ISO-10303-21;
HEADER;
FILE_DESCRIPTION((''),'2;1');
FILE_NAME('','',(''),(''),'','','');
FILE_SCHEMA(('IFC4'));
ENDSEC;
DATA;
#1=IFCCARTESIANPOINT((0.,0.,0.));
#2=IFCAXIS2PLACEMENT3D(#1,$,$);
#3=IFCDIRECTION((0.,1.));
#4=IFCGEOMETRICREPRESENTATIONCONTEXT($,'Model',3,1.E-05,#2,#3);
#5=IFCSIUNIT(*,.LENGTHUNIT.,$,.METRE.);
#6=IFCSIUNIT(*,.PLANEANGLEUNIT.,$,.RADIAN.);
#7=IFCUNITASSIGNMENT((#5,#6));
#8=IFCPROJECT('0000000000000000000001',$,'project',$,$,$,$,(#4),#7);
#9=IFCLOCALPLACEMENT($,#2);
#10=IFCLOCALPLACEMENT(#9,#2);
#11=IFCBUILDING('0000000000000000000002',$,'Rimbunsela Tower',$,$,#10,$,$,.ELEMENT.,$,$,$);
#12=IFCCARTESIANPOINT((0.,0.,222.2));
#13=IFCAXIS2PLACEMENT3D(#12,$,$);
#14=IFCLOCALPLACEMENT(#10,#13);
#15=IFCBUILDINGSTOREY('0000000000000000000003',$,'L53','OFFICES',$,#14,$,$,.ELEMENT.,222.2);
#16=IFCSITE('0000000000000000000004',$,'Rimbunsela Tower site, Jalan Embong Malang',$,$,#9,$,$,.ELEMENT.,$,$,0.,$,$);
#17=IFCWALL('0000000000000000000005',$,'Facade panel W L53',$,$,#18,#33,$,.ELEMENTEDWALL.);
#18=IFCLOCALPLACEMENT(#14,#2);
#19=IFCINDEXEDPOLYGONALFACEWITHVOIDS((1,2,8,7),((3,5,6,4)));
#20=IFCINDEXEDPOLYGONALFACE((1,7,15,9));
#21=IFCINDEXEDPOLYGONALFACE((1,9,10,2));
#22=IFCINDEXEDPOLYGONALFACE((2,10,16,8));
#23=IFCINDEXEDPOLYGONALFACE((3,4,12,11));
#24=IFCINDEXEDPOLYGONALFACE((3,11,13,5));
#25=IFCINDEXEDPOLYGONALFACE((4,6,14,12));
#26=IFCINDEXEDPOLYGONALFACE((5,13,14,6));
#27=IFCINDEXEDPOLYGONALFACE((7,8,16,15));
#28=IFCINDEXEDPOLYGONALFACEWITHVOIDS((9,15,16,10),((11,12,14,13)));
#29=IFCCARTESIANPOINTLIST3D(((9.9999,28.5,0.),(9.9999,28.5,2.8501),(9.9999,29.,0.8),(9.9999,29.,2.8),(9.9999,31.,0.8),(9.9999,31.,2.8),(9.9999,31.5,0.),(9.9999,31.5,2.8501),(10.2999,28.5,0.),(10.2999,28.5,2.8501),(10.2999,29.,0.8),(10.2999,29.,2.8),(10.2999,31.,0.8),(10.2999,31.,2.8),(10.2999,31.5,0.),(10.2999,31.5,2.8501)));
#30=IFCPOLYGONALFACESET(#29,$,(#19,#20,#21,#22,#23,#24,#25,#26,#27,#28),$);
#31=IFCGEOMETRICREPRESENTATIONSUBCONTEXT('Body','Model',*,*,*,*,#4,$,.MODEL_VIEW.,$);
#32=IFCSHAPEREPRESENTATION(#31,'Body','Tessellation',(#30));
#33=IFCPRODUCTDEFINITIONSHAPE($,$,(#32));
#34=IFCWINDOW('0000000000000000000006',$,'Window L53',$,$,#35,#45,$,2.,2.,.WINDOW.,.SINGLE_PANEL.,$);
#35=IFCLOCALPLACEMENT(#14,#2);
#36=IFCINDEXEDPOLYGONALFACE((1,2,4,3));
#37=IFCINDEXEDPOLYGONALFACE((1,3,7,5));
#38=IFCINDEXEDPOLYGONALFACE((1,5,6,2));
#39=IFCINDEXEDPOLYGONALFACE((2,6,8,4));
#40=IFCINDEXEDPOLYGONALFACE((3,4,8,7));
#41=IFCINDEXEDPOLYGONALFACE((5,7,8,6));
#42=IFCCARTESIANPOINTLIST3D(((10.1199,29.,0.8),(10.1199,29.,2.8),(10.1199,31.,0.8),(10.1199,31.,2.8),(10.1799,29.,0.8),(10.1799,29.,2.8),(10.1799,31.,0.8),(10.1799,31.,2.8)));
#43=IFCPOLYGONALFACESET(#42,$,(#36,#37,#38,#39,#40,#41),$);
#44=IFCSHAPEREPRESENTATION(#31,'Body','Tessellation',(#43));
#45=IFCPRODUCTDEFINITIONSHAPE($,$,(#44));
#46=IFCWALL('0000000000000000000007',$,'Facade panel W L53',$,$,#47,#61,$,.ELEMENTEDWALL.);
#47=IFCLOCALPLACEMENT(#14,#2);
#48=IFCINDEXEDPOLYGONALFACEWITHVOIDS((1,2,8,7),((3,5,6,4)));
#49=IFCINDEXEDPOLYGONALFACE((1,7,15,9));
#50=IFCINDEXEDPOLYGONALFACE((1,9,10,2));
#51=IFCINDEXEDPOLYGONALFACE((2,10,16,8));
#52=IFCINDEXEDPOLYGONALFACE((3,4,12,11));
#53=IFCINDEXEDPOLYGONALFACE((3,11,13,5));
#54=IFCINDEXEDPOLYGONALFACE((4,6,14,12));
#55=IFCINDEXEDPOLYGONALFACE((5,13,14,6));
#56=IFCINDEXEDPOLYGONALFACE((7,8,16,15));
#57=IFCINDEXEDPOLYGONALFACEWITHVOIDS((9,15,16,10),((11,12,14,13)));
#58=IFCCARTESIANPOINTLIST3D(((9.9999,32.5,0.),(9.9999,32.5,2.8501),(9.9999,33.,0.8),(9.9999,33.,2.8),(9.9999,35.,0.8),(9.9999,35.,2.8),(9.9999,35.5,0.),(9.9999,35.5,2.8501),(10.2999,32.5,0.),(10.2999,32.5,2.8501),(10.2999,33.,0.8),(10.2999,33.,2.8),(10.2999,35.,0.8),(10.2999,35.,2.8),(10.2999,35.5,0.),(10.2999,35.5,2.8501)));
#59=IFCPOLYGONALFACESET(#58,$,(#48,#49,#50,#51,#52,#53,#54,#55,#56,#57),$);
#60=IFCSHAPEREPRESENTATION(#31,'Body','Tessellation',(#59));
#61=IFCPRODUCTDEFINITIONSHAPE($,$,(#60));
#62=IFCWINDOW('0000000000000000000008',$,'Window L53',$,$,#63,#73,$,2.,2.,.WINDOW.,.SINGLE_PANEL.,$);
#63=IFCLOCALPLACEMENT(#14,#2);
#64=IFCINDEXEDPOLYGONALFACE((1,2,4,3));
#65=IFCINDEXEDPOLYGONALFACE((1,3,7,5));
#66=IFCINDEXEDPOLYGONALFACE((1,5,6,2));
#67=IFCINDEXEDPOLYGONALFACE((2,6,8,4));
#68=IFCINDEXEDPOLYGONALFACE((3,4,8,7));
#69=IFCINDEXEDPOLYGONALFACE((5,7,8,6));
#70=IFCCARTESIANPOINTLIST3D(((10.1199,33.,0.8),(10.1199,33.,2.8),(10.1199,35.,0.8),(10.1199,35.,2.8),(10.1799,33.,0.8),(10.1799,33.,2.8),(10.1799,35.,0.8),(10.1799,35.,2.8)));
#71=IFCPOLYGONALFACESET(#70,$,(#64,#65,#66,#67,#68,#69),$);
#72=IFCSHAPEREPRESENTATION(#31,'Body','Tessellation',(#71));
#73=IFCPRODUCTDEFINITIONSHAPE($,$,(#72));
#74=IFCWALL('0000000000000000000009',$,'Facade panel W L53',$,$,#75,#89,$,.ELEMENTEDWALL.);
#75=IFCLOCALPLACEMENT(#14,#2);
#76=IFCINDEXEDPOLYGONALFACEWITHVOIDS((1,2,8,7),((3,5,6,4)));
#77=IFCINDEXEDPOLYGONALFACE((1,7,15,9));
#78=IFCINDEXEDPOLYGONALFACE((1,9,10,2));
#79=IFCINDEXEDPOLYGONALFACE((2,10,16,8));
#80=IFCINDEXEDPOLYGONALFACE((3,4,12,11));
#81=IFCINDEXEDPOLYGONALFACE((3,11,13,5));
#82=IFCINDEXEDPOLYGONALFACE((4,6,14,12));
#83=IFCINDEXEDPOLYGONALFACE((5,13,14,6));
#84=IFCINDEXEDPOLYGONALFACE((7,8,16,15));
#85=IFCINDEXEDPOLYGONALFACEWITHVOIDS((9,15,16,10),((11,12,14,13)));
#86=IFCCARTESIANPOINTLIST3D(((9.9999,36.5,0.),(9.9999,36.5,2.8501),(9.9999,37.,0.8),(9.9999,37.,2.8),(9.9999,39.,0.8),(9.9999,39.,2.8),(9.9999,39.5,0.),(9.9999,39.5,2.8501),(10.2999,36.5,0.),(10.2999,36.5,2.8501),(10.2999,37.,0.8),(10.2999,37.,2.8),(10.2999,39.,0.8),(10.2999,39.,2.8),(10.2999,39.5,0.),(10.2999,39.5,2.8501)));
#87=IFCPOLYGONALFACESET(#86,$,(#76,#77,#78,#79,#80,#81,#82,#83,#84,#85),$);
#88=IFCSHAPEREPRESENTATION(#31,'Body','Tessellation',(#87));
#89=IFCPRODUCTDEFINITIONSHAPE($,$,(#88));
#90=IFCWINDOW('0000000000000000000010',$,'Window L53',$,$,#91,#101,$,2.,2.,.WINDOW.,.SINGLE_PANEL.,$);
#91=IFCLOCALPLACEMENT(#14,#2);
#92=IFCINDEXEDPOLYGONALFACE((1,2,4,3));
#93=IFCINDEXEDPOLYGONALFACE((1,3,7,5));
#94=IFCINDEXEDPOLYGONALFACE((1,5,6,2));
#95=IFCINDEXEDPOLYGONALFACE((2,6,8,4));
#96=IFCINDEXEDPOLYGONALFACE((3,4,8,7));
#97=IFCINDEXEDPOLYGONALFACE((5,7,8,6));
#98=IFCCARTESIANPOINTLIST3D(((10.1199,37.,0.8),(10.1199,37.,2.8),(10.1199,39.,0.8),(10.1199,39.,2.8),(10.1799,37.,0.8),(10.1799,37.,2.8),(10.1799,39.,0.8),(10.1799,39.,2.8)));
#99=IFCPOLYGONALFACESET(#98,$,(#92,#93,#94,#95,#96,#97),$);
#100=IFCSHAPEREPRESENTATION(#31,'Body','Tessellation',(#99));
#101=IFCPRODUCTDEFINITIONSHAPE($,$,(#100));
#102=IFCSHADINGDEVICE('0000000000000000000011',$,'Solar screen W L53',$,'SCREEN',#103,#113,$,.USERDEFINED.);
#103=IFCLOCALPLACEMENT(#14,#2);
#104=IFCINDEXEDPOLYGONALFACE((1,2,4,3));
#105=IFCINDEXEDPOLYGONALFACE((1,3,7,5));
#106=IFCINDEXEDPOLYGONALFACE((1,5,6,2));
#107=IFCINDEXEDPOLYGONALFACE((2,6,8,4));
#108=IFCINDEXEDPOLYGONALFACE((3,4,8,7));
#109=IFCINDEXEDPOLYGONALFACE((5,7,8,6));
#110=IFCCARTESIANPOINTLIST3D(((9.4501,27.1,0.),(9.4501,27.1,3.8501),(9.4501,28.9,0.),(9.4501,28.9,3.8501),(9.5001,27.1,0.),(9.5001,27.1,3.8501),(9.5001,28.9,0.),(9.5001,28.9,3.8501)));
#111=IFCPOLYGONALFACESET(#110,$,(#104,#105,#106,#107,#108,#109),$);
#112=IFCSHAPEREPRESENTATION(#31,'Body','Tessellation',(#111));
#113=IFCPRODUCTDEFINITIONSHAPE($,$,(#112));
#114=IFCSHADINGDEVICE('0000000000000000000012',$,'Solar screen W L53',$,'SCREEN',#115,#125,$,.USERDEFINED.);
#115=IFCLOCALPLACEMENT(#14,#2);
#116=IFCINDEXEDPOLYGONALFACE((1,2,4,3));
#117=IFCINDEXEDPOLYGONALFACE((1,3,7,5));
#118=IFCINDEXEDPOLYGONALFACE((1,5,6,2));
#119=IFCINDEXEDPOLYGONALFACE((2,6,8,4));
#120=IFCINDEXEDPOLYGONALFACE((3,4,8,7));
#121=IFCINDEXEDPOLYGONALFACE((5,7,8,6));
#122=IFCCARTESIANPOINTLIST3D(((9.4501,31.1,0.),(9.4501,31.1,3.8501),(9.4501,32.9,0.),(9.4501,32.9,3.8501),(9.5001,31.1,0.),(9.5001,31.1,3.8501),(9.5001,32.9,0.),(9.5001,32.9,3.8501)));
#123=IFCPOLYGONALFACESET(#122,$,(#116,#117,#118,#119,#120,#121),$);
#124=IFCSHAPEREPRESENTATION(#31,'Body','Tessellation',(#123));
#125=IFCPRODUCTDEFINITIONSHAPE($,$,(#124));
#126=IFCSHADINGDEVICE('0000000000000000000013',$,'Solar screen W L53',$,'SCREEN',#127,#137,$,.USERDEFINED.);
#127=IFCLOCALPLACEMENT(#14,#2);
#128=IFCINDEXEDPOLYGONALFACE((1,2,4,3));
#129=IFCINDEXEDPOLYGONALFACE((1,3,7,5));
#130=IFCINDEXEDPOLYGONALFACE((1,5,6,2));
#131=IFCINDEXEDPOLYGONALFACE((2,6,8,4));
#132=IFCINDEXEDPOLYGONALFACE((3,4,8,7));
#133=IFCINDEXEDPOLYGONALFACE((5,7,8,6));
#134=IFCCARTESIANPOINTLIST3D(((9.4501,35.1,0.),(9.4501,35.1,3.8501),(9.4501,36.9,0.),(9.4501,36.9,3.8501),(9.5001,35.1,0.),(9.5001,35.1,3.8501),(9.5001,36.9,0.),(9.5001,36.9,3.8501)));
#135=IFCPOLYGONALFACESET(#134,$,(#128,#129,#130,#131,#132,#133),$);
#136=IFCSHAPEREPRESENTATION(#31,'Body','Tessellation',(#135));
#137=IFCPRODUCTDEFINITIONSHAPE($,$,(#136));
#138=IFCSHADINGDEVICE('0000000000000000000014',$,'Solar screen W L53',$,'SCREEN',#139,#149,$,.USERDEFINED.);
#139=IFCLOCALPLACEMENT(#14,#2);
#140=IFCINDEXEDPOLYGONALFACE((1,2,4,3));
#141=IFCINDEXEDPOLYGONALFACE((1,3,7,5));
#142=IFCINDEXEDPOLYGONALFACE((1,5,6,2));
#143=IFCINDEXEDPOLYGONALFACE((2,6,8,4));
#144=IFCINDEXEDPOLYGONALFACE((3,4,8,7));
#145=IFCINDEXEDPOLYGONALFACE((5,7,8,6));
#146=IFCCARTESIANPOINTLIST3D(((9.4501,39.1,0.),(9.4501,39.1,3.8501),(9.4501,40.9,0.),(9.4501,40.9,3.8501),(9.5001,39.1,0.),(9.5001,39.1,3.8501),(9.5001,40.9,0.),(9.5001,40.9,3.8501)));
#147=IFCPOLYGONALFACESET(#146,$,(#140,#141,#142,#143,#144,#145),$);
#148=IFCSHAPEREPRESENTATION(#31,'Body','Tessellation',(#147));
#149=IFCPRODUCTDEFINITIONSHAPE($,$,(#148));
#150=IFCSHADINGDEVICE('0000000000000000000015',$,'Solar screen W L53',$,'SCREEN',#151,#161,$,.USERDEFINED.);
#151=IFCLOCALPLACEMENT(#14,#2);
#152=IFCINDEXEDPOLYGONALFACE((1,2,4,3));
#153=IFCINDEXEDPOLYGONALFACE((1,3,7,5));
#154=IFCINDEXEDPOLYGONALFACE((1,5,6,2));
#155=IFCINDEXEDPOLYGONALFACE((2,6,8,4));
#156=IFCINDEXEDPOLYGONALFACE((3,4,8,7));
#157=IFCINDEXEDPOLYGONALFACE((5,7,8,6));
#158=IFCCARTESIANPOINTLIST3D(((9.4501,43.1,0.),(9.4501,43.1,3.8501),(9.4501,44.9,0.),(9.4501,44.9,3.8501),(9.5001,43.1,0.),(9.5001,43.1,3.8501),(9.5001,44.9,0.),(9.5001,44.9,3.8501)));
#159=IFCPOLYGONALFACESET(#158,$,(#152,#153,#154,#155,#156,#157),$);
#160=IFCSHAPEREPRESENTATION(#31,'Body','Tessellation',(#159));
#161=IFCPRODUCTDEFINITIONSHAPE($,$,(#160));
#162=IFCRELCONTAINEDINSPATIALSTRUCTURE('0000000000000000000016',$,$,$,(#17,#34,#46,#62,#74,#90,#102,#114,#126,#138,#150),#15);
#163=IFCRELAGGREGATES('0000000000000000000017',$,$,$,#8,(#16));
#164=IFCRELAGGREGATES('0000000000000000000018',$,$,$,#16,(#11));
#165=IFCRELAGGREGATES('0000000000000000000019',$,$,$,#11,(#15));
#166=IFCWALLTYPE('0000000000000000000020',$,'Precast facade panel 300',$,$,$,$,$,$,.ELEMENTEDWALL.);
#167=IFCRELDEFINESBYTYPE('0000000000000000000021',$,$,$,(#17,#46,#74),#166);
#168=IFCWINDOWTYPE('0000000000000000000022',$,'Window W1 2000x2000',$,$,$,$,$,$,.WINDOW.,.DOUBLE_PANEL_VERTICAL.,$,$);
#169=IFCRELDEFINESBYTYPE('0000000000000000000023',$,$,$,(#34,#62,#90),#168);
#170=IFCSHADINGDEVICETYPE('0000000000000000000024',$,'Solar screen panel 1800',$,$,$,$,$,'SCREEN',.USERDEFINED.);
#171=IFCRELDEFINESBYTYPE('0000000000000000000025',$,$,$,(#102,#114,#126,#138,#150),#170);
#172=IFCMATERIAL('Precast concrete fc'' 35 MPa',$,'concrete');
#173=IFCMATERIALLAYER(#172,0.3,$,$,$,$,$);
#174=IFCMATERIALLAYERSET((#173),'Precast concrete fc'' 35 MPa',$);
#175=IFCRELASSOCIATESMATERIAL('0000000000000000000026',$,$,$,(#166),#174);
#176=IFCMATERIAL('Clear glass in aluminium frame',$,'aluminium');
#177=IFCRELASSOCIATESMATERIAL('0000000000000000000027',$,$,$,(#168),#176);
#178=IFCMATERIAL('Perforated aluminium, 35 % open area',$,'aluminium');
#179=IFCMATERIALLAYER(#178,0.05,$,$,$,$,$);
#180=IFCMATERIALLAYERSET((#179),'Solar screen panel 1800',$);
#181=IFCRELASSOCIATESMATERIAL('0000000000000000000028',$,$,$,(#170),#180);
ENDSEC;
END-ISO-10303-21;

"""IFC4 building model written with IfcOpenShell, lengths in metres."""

from ifc_helpers import new_model, si_unit, direction, frame, frame_2d, origin, origin_2d, place, context, subcontext, project, spatial, rectangle, extrude, material, layer, layer_set, type_object, element, fill, save


model = new_model("IFC4")

# Units and contexts
model_context = context("Model", 3, precision=1e-05, world=origin(), true_north=direction((0.0, 1.0)))
body_context = subcontext(model_context, "Body", "Model", "MODEL_VIEW")
ifc_project = project(units=[si_unit("LENGTHUNIT", "METRE"), si_unit("PLANEANGLEUNIT", "RADIAN")], contexts=[model_context])

# Site, building, storey
site_placement = place(None, origin())
site = spatial("IfcSite", under=ifc_project, at=site_placement, Name="Rimbunsela Tower site, Jalan Embong Malang", CompositionType="ELEMENT", RefElevation=0.0)
building_placement = place(site_placement, origin())
building = spatial("IfcBuilding", under=site, at=building_placement, Name="Rimbunsela Tower", CompositionType="ELEMENT")
storey_placement = place(building_placement, frame((0.0, 0.0, 222.2)))
storey = spatial("IfcBuildingStorey", under=building, at=storey_placement, Name="L53", Description="OFFICES", CompositionType="ELEMENT", Elevation=222.2)

# Walls, openings, windows
ifc_material_1 = material(Name="Precast concrete fc' 35 MPa", Category="concrete")
ifc_layer_1 = layer(ifc_material_1, 0.3)
ifc_layer_set_1 = layer_set([ifc_layer_1], Name="Precast concrete fc' 35 MPa")
wall_type = type_object("IfcWallType", Name="Precast facade panel 300", PredefinedType="ELEMENTEDWALL", material=ifc_layer_set_1)
wall_1_placement = place(storey_placement, frame((10.1499, 31.5, 0.0), z_axis=(0.0, 0.0, 1.0), x_axis=(0.0, -1.0, 0.0)))
wall_1 = element("IfcWall", 1, at=wall_1_placement, inside=storey, type_object=wall_type, Name="Facade panel W L53", PredefinedType="ELEMENTEDWALL", context=body_context, shape_type="SweptSolid", body=[
    extrude(rectangle(XDim=3.0, YDim=0.3, at=frame_2d((1.5, 0.0))), origin(), (0.0, 0.0, 1.0), 2.8501),
])
opening_1_placement = place(wall_1_placement, frame((0.5, 0.0, 0.8)))
opening_1 = element("IfcOpeningElement", 2, at=opening_1_placement, cuts=wall_1, PredefinedType="OPENING", context=body_context, shape_type="SweptSolid", body=[
    extrude(rectangle(XDim=2.0, YDim=2.0, at=frame_2d((1.0, 1.0))), frame((0.0, 0.1599, 0.0), z_axis=(0.0, -1.0, 0.0), x_axis=(1.0, 0.0, 0.0)), (0.0, 0.0, 1.0), 0.3201),
])
ifc_material_2 = material(Name="Clear glass in aluminium frame", Category="aluminium")
window_type = type_object("IfcWindowType", Name="Window W1 2000x2000", PartitioningType="DOUBLE_PANEL_VERTICAL", PredefinedType="WINDOW", material=ifc_material_2)
window_1_placement = place(opening_1_placement, origin())
window_1 = element("IfcWindow", 3, at=window_1_placement, inside=storey, type_object=window_type, Name="Window L53", OverallHeight=2.0, OverallWidth=2.0, PartitioningType="SINGLE_PANEL", PredefinedType="WINDOW", context=body_context, shape_type="SweptSolid", body=[
    extrude(rectangle(XDim=2.0, YDim=2.0, at=frame_2d((1.0, 1.0))), frame((0.0, 0.03, 0.0), z_axis=(0.0, -1.0, 0.0), x_axis=(1.0, 0.0, 0.0)), (0.0, 0.0, 1.0), 0.0601),
])
fill(opening_1, window_1)
wall_2_placement = place(storey_placement, frame((10.1499, 35.5, 0.0), z_axis=(0.0, 0.0, 1.0), x_axis=(0.0, -1.0, 0.0)))
wall_2 = element("IfcWall", 4, at=wall_2_placement, inside=storey, type_object=wall_type, Name="Facade panel W L53", PredefinedType="ELEMENTEDWALL", context=body_context, shape_type="SweptSolid", body=[
    extrude(rectangle(XDim=3.0, YDim=0.3, at=frame_2d((1.5, 0.0))), origin(), (0.0, 0.0, 1.0), 2.8501),
])
opening_2_placement = place(wall_2_placement, frame((0.5, 0.0, 0.8)))
opening_2 = element("IfcOpeningElement", 5, at=opening_2_placement, cuts=wall_2, PredefinedType="OPENING", context=body_context, shape_type="SweptSolid", body=[
    extrude(rectangle(XDim=2.0, YDim=2.0, at=frame_2d((1.0, 1.0))), frame((0.0, 0.1599, 0.0), z_axis=(0.0, -1.0, 0.0), x_axis=(1.0, 0.0, 0.0)), (0.0, 0.0, 1.0), 0.3201),
])
window_2_placement = place(opening_2_placement, origin())
window_2 = element("IfcWindow", 6, at=window_2_placement, inside=storey, type_object=window_type, Name="Window L53", OverallHeight=2.0, OverallWidth=2.0, PartitioningType="SINGLE_PANEL", PredefinedType="WINDOW", context=body_context, shape_type="SweptSolid", body=[
    extrude(rectangle(XDim=2.0, YDim=2.0, at=frame_2d((1.0, 1.0))), frame((0.0, 0.03, 0.0), z_axis=(0.0, -1.0, 0.0), x_axis=(1.0, 0.0, 0.0)), (0.0, 0.0, 1.0), 0.0601),
])
fill(opening_2, window_2)
wall_3_placement = place(storey_placement, frame((10.1499, 39.5, 0.0), z_axis=(0.0, 0.0, 1.0), x_axis=(0.0, -1.0, 0.0)))
wall_3 = element("IfcWall", 7, at=wall_3_placement, inside=storey, type_object=wall_type, Name="Facade panel W L53", PredefinedType="ELEMENTEDWALL", context=body_context, shape_type="SweptSolid", body=[
    extrude(rectangle(XDim=3.0, YDim=0.3, at=frame_2d((1.5, 0.0))), origin(), (0.0, 0.0, 1.0), 2.8501),
])
opening_3_placement = place(wall_3_placement, frame((0.5, 0.0, 0.8)))
opening_3 = element("IfcOpeningElement", 8, at=opening_3_placement, cuts=wall_3, PredefinedType="OPENING", context=body_context, shape_type="SweptSolid", body=[
    extrude(rectangle(XDim=2.0, YDim=2.0, at=frame_2d((1.0, 1.0))), frame((0.0, 0.1599, 0.0), z_axis=(0.0, -1.0, 0.0), x_axis=(1.0, 0.0, 0.0)), (0.0, 0.0, 1.0), 0.3201),
])
window_3_placement = place(opening_3_placement, origin())
window_3 = element("IfcWindow", 9, at=window_3_placement, inside=storey, type_object=window_type, Name="Window L53", OverallHeight=2.0, OverallWidth=2.0, PartitioningType="SINGLE_PANEL", PredefinedType="WINDOW", context=body_context, shape_type="SweptSolid", body=[
    extrude(rectangle(XDim=2.0, YDim=2.0, at=frame_2d((1.0, 1.0))), frame((0.0, 0.03, 0.0), z_axis=(0.0, -1.0, 0.0), x_axis=(1.0, 0.0, 0.0)), (0.0, 0.0, 1.0), 0.0601),
])
fill(opening_3, window_3)

# Shading devices
ifc_material_3 = material(Name="Perforated aluminium, 35 % open area", Category="aluminium")
ifc_layer_2 = layer(ifc_material_3, 0.05)
ifc_layer_set_2 = layer_set([ifc_layer_2], Name="Solar screen panel 1800")
shading_device_type = type_object("IfcShadingDeviceType", Name="Solar screen panel 1800", ElementType="SCREEN", PredefinedType="USERDEFINED", material=ifc_layer_set_2)
for number, where, z_axis, x_axis, name in (
    (10, (9.4751, 28.0, 0.0), (0.0, 0.0, 1.0), (0.0, 1.0, 0.0), "Solar screen W L53"),
    (11, (9.4751, 32.0, 0.0), (0.0, 0.0, 1.0), (0.0, 1.0, 0.0), "Solar screen W L53"),
    (12, (9.4751, 36.0, 0.0), (0.0, 0.0, 1.0), (0.0, 1.0, 0.0), "Solar screen W L53"),
    (13, (9.4751, 40.0, 0.0), (0.0, 0.0, 1.0), (0.0, 1.0, 0.0), "Solar screen W L53"),
    (14, (9.4751, 44.0, 0.0), (0.0, 0.0, 1.0), (0.0, 1.0, 0.0), "Solar screen W L53"),
):
    element("IfcShadingDevice", number, at=place(storey_placement, frame(where, z_axis=z_axis, x_axis=x_axis)), inside=storey, type_object=shading_device_type, Name=name, ObjectType="SCREEN", PredefinedType="USERDEFINED", context=body_context, shape_type="SweptSolid", body=[
        extrude(rectangle(XDim=1.8, YDim=0.05, at=origin_2d()), origin(), (0.0, 0.0, 1.0), 3.8501),
    ])

save(model, "model.ifc")
